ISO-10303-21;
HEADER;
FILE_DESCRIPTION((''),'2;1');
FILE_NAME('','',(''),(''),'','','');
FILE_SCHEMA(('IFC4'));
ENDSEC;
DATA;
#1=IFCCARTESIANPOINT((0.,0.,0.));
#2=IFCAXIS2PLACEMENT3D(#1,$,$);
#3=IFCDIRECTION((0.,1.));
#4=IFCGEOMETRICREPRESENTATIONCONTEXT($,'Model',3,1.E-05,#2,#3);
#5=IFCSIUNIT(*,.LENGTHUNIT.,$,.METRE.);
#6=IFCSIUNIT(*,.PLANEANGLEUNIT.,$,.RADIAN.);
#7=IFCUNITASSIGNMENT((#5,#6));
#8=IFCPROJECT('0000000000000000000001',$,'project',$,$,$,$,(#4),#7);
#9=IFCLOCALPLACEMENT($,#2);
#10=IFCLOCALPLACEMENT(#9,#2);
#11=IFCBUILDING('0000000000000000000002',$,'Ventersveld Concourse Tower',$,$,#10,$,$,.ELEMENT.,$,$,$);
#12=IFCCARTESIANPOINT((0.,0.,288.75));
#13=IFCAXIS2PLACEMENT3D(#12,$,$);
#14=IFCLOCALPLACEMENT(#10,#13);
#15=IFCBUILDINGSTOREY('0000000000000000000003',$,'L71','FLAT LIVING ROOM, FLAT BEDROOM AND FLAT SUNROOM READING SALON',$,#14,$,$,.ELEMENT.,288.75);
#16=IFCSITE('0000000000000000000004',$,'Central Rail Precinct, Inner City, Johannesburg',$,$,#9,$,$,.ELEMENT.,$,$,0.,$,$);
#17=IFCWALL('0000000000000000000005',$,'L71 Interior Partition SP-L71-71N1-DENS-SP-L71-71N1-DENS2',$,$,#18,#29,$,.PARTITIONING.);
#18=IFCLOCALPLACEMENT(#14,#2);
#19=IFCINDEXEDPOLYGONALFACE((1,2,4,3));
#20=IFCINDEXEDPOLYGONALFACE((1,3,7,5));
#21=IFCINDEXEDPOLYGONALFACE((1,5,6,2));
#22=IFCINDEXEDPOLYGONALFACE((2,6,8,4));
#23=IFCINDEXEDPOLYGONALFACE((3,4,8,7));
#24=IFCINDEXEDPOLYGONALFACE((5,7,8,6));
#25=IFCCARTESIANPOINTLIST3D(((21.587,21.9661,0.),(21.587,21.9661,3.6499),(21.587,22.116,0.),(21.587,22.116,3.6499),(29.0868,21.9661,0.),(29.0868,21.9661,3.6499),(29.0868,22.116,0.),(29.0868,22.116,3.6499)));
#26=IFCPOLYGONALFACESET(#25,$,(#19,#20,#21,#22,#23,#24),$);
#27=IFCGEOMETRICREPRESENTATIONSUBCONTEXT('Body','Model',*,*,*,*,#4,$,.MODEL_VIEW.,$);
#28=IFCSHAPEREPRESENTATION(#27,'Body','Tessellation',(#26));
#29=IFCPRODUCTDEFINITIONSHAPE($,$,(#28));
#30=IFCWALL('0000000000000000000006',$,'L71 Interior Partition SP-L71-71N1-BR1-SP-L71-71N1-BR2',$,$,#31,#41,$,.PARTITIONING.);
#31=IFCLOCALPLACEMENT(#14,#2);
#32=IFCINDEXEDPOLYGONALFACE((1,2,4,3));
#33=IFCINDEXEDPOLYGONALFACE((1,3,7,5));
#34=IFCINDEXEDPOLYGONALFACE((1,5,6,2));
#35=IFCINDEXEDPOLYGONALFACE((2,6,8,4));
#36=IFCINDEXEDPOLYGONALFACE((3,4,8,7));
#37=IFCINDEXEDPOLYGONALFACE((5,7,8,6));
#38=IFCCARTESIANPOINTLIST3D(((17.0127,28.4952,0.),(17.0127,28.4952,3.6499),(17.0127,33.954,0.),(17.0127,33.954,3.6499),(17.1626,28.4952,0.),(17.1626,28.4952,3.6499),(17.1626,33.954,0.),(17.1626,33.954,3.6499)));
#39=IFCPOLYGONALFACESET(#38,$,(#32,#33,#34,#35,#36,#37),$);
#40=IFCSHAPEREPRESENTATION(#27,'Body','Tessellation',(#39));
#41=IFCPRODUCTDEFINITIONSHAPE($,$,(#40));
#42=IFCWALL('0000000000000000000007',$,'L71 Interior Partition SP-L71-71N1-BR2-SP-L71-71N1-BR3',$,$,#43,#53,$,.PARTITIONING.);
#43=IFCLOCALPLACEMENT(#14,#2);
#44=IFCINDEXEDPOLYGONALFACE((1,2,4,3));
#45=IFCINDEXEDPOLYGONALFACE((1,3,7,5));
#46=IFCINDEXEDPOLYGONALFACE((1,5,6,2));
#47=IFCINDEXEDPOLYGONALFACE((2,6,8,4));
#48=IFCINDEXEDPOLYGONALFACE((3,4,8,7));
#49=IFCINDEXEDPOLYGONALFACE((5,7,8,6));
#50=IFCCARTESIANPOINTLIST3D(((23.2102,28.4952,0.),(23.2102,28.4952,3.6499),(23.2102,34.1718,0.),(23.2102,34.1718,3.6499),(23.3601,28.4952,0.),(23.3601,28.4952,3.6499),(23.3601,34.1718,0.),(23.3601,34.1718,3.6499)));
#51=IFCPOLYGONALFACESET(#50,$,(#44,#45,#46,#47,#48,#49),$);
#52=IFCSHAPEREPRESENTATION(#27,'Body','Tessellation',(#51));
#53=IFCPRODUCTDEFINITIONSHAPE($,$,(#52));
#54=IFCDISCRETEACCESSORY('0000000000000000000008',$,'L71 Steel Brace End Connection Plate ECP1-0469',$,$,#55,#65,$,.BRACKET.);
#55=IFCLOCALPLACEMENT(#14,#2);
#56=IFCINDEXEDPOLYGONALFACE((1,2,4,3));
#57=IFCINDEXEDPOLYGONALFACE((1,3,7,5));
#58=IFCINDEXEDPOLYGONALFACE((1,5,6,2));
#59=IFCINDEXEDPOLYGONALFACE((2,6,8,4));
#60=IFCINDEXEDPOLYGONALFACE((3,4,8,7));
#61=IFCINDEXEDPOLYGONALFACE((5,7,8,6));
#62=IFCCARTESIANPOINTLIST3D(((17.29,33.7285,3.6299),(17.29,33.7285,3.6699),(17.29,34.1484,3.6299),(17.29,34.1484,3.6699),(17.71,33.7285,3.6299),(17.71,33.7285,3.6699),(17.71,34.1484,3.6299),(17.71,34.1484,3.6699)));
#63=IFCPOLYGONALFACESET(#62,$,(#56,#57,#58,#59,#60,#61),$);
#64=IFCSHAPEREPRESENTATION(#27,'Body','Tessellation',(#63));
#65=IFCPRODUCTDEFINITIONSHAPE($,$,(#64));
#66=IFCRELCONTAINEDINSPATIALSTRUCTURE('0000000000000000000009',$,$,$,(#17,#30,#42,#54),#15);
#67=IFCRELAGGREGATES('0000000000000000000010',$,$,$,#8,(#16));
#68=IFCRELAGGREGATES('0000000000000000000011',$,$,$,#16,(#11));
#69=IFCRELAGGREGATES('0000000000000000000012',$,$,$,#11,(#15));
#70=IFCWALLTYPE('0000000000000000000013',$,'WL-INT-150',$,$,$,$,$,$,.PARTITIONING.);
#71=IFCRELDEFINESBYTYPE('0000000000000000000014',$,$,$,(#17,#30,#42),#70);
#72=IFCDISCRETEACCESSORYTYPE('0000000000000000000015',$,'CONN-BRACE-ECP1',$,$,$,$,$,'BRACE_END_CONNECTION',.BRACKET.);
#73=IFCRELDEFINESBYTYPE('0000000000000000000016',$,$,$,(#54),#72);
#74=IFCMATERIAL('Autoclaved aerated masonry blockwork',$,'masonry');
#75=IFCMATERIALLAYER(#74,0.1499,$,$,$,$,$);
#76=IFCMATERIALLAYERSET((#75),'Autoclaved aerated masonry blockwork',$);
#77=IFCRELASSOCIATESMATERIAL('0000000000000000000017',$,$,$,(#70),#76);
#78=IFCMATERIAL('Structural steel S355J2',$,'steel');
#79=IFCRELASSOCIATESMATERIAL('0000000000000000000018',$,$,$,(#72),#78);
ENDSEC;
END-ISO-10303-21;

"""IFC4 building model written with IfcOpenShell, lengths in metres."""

from ifc_helpers import new_model, si_unit, direction, frame, frame_2d, origin, origin_2d, place, context, subcontext, project, spatial, rectangle, extrude, material, layer, layer_set, type_object, element, save


model = new_model("IFC4")

# Units and contexts
model_context = context("Model", 3, precision=1e-05, world=origin(), true_north=direction((0.0, 1.0)))
body_context = subcontext(model_context, "Body", "Model", "MODEL_VIEW")
ifc_project = project(units=[si_unit("LENGTHUNIT", "METRE"), si_unit("PLANEANGLEUNIT", "RADIAN")], contexts=[model_context])

# Site, building, storey
site_placement = place(None, origin())
site = spatial("IfcSite", under=ifc_project, at=site_placement, Name="Central Rail Precinct, Inner City, Johannesburg", CompositionType="ELEMENT", RefElevation=0.0)
building_placement = place(site_placement, origin())
building = spatial("IfcBuilding", under=site, at=building_placement, Name="Ventersveld Concourse Tower", CompositionType="ELEMENT")
storey_placement = place(building_placement, frame((0.0, 0.0, 288.75)))
storey = spatial("IfcBuildingStorey", under=building, at=storey_placement, Name="L71", Description="FLAT LIVING ROOM, FLAT BEDROOM AND FLAT SUNROOM READING SALON", CompositionType="ELEMENT", Elevation=288.75)

# Shared definitions
ifc_material_1 = material(Name="Structural steel S355J2", Category="steel")

# Shared definitions
ifc_material_2 = material(Name="Autoclaved aerated masonry blockwork", Category="masonry")
ifc_layer = layer(ifc_material_2, 0.1499)
ifc_layer_set = layer_set([ifc_layer], Name="Autoclaved aerated masonry blockwork")
wall_type = type_object("IfcWallType", Name="WL-INT-150", PredefinedType="PARTITIONING", material=ifc_layer_set)

# Walls
wall_1_placement = place(storey_placement, frame((21.5869, 22.041, 0.0), z_axis=(0.0, 0.0, 1.0), x_axis=(1.0, 0.0, 0.0)))
element("IfcWall", 1, at=wall_1_placement, inside=storey, type_object=wall_type, Name="L71 Interior Partition SP-L71-71N1-DENS-SP-L71-71N1-DENS2", PredefinedType="PARTITIONING", context=body_context, shape_type="SweptSolid", body=[
    extrude(rectangle(XDim=7.4998, YDim=0.1499, at=frame_2d((3.75, 0.0))), origin(), (0.0, 0.0, 1.0), 3.6499),
])
wall_2_placement = place(storey_placement, frame((17.0876, 28.4951, 0.0), z_axis=(0.0, 0.0, 1.0), x_axis=(0.0, 1.0, 0.0)))
element("IfcWall", 2, at=wall_2_placement, inside=storey, type_object=wall_type, Name="L71 Interior Partition SP-L71-71N1-BR1-SP-L71-71N1-BR2", PredefinedType="PARTITIONING", context=body_context, shape_type="SweptSolid", body=[
    extrude(rectangle(XDim=5.4587, YDim=0.1499, at=frame_2d((2.7295, 0.0))), origin(), (0.0, 0.0, 1.0), 3.6499),
])
wall_3_placement = place(storey_placement, frame((23.2852, 28.4951, 0.0), z_axis=(0.0, 0.0, 1.0), x_axis=(0.0, 1.0, 0.0)))
element("IfcWall", 3, at=wall_3_placement, inside=storey, type_object=wall_type, Name="L71 Interior Partition SP-L71-71N1-BR2-SP-L71-71N1-BR3", PredefinedType="PARTITIONING", context=body_context, shape_type="SweptSolid", body=[
    extrude(rectangle(XDim=5.6765, YDim=0.1499, at=frame_2d((2.8384, 0.0))), origin(), (0.0, 0.0, 1.0), 3.6499),
])

# Discrete accessory
discrete_accessory_type = type_object("IfcDiscreteAccessoryType", Name="CONN-BRACE-ECP1", ElementType="BRACE_END_CONNECTION", PredefinedType="BRACKET", material=ifc_material_1)
discrete_accessory_placement = place(storey_placement, frame((17.5, 33.9385, 3.6299), z_axis=(0.0, 0.0, 1.0), x_axis=(1.0, 0.0, 0.0)))
element("IfcDiscreteAccessory", 4, at=discrete_accessory_placement, inside=storey, type_object=discrete_accessory_type, Name="L71 Steel Brace End Connection Plate ECP1-0469", PredefinedType="BRACKET", context=body_context, shape_type="SweptSolid", body=[
    extrude(rectangle(XDim=0.4199, YDim=0.4199, at=origin_2d()), origin(), (0.0, 0.0, 1.0), 0.04),
])

save(model, "model.ifc")
